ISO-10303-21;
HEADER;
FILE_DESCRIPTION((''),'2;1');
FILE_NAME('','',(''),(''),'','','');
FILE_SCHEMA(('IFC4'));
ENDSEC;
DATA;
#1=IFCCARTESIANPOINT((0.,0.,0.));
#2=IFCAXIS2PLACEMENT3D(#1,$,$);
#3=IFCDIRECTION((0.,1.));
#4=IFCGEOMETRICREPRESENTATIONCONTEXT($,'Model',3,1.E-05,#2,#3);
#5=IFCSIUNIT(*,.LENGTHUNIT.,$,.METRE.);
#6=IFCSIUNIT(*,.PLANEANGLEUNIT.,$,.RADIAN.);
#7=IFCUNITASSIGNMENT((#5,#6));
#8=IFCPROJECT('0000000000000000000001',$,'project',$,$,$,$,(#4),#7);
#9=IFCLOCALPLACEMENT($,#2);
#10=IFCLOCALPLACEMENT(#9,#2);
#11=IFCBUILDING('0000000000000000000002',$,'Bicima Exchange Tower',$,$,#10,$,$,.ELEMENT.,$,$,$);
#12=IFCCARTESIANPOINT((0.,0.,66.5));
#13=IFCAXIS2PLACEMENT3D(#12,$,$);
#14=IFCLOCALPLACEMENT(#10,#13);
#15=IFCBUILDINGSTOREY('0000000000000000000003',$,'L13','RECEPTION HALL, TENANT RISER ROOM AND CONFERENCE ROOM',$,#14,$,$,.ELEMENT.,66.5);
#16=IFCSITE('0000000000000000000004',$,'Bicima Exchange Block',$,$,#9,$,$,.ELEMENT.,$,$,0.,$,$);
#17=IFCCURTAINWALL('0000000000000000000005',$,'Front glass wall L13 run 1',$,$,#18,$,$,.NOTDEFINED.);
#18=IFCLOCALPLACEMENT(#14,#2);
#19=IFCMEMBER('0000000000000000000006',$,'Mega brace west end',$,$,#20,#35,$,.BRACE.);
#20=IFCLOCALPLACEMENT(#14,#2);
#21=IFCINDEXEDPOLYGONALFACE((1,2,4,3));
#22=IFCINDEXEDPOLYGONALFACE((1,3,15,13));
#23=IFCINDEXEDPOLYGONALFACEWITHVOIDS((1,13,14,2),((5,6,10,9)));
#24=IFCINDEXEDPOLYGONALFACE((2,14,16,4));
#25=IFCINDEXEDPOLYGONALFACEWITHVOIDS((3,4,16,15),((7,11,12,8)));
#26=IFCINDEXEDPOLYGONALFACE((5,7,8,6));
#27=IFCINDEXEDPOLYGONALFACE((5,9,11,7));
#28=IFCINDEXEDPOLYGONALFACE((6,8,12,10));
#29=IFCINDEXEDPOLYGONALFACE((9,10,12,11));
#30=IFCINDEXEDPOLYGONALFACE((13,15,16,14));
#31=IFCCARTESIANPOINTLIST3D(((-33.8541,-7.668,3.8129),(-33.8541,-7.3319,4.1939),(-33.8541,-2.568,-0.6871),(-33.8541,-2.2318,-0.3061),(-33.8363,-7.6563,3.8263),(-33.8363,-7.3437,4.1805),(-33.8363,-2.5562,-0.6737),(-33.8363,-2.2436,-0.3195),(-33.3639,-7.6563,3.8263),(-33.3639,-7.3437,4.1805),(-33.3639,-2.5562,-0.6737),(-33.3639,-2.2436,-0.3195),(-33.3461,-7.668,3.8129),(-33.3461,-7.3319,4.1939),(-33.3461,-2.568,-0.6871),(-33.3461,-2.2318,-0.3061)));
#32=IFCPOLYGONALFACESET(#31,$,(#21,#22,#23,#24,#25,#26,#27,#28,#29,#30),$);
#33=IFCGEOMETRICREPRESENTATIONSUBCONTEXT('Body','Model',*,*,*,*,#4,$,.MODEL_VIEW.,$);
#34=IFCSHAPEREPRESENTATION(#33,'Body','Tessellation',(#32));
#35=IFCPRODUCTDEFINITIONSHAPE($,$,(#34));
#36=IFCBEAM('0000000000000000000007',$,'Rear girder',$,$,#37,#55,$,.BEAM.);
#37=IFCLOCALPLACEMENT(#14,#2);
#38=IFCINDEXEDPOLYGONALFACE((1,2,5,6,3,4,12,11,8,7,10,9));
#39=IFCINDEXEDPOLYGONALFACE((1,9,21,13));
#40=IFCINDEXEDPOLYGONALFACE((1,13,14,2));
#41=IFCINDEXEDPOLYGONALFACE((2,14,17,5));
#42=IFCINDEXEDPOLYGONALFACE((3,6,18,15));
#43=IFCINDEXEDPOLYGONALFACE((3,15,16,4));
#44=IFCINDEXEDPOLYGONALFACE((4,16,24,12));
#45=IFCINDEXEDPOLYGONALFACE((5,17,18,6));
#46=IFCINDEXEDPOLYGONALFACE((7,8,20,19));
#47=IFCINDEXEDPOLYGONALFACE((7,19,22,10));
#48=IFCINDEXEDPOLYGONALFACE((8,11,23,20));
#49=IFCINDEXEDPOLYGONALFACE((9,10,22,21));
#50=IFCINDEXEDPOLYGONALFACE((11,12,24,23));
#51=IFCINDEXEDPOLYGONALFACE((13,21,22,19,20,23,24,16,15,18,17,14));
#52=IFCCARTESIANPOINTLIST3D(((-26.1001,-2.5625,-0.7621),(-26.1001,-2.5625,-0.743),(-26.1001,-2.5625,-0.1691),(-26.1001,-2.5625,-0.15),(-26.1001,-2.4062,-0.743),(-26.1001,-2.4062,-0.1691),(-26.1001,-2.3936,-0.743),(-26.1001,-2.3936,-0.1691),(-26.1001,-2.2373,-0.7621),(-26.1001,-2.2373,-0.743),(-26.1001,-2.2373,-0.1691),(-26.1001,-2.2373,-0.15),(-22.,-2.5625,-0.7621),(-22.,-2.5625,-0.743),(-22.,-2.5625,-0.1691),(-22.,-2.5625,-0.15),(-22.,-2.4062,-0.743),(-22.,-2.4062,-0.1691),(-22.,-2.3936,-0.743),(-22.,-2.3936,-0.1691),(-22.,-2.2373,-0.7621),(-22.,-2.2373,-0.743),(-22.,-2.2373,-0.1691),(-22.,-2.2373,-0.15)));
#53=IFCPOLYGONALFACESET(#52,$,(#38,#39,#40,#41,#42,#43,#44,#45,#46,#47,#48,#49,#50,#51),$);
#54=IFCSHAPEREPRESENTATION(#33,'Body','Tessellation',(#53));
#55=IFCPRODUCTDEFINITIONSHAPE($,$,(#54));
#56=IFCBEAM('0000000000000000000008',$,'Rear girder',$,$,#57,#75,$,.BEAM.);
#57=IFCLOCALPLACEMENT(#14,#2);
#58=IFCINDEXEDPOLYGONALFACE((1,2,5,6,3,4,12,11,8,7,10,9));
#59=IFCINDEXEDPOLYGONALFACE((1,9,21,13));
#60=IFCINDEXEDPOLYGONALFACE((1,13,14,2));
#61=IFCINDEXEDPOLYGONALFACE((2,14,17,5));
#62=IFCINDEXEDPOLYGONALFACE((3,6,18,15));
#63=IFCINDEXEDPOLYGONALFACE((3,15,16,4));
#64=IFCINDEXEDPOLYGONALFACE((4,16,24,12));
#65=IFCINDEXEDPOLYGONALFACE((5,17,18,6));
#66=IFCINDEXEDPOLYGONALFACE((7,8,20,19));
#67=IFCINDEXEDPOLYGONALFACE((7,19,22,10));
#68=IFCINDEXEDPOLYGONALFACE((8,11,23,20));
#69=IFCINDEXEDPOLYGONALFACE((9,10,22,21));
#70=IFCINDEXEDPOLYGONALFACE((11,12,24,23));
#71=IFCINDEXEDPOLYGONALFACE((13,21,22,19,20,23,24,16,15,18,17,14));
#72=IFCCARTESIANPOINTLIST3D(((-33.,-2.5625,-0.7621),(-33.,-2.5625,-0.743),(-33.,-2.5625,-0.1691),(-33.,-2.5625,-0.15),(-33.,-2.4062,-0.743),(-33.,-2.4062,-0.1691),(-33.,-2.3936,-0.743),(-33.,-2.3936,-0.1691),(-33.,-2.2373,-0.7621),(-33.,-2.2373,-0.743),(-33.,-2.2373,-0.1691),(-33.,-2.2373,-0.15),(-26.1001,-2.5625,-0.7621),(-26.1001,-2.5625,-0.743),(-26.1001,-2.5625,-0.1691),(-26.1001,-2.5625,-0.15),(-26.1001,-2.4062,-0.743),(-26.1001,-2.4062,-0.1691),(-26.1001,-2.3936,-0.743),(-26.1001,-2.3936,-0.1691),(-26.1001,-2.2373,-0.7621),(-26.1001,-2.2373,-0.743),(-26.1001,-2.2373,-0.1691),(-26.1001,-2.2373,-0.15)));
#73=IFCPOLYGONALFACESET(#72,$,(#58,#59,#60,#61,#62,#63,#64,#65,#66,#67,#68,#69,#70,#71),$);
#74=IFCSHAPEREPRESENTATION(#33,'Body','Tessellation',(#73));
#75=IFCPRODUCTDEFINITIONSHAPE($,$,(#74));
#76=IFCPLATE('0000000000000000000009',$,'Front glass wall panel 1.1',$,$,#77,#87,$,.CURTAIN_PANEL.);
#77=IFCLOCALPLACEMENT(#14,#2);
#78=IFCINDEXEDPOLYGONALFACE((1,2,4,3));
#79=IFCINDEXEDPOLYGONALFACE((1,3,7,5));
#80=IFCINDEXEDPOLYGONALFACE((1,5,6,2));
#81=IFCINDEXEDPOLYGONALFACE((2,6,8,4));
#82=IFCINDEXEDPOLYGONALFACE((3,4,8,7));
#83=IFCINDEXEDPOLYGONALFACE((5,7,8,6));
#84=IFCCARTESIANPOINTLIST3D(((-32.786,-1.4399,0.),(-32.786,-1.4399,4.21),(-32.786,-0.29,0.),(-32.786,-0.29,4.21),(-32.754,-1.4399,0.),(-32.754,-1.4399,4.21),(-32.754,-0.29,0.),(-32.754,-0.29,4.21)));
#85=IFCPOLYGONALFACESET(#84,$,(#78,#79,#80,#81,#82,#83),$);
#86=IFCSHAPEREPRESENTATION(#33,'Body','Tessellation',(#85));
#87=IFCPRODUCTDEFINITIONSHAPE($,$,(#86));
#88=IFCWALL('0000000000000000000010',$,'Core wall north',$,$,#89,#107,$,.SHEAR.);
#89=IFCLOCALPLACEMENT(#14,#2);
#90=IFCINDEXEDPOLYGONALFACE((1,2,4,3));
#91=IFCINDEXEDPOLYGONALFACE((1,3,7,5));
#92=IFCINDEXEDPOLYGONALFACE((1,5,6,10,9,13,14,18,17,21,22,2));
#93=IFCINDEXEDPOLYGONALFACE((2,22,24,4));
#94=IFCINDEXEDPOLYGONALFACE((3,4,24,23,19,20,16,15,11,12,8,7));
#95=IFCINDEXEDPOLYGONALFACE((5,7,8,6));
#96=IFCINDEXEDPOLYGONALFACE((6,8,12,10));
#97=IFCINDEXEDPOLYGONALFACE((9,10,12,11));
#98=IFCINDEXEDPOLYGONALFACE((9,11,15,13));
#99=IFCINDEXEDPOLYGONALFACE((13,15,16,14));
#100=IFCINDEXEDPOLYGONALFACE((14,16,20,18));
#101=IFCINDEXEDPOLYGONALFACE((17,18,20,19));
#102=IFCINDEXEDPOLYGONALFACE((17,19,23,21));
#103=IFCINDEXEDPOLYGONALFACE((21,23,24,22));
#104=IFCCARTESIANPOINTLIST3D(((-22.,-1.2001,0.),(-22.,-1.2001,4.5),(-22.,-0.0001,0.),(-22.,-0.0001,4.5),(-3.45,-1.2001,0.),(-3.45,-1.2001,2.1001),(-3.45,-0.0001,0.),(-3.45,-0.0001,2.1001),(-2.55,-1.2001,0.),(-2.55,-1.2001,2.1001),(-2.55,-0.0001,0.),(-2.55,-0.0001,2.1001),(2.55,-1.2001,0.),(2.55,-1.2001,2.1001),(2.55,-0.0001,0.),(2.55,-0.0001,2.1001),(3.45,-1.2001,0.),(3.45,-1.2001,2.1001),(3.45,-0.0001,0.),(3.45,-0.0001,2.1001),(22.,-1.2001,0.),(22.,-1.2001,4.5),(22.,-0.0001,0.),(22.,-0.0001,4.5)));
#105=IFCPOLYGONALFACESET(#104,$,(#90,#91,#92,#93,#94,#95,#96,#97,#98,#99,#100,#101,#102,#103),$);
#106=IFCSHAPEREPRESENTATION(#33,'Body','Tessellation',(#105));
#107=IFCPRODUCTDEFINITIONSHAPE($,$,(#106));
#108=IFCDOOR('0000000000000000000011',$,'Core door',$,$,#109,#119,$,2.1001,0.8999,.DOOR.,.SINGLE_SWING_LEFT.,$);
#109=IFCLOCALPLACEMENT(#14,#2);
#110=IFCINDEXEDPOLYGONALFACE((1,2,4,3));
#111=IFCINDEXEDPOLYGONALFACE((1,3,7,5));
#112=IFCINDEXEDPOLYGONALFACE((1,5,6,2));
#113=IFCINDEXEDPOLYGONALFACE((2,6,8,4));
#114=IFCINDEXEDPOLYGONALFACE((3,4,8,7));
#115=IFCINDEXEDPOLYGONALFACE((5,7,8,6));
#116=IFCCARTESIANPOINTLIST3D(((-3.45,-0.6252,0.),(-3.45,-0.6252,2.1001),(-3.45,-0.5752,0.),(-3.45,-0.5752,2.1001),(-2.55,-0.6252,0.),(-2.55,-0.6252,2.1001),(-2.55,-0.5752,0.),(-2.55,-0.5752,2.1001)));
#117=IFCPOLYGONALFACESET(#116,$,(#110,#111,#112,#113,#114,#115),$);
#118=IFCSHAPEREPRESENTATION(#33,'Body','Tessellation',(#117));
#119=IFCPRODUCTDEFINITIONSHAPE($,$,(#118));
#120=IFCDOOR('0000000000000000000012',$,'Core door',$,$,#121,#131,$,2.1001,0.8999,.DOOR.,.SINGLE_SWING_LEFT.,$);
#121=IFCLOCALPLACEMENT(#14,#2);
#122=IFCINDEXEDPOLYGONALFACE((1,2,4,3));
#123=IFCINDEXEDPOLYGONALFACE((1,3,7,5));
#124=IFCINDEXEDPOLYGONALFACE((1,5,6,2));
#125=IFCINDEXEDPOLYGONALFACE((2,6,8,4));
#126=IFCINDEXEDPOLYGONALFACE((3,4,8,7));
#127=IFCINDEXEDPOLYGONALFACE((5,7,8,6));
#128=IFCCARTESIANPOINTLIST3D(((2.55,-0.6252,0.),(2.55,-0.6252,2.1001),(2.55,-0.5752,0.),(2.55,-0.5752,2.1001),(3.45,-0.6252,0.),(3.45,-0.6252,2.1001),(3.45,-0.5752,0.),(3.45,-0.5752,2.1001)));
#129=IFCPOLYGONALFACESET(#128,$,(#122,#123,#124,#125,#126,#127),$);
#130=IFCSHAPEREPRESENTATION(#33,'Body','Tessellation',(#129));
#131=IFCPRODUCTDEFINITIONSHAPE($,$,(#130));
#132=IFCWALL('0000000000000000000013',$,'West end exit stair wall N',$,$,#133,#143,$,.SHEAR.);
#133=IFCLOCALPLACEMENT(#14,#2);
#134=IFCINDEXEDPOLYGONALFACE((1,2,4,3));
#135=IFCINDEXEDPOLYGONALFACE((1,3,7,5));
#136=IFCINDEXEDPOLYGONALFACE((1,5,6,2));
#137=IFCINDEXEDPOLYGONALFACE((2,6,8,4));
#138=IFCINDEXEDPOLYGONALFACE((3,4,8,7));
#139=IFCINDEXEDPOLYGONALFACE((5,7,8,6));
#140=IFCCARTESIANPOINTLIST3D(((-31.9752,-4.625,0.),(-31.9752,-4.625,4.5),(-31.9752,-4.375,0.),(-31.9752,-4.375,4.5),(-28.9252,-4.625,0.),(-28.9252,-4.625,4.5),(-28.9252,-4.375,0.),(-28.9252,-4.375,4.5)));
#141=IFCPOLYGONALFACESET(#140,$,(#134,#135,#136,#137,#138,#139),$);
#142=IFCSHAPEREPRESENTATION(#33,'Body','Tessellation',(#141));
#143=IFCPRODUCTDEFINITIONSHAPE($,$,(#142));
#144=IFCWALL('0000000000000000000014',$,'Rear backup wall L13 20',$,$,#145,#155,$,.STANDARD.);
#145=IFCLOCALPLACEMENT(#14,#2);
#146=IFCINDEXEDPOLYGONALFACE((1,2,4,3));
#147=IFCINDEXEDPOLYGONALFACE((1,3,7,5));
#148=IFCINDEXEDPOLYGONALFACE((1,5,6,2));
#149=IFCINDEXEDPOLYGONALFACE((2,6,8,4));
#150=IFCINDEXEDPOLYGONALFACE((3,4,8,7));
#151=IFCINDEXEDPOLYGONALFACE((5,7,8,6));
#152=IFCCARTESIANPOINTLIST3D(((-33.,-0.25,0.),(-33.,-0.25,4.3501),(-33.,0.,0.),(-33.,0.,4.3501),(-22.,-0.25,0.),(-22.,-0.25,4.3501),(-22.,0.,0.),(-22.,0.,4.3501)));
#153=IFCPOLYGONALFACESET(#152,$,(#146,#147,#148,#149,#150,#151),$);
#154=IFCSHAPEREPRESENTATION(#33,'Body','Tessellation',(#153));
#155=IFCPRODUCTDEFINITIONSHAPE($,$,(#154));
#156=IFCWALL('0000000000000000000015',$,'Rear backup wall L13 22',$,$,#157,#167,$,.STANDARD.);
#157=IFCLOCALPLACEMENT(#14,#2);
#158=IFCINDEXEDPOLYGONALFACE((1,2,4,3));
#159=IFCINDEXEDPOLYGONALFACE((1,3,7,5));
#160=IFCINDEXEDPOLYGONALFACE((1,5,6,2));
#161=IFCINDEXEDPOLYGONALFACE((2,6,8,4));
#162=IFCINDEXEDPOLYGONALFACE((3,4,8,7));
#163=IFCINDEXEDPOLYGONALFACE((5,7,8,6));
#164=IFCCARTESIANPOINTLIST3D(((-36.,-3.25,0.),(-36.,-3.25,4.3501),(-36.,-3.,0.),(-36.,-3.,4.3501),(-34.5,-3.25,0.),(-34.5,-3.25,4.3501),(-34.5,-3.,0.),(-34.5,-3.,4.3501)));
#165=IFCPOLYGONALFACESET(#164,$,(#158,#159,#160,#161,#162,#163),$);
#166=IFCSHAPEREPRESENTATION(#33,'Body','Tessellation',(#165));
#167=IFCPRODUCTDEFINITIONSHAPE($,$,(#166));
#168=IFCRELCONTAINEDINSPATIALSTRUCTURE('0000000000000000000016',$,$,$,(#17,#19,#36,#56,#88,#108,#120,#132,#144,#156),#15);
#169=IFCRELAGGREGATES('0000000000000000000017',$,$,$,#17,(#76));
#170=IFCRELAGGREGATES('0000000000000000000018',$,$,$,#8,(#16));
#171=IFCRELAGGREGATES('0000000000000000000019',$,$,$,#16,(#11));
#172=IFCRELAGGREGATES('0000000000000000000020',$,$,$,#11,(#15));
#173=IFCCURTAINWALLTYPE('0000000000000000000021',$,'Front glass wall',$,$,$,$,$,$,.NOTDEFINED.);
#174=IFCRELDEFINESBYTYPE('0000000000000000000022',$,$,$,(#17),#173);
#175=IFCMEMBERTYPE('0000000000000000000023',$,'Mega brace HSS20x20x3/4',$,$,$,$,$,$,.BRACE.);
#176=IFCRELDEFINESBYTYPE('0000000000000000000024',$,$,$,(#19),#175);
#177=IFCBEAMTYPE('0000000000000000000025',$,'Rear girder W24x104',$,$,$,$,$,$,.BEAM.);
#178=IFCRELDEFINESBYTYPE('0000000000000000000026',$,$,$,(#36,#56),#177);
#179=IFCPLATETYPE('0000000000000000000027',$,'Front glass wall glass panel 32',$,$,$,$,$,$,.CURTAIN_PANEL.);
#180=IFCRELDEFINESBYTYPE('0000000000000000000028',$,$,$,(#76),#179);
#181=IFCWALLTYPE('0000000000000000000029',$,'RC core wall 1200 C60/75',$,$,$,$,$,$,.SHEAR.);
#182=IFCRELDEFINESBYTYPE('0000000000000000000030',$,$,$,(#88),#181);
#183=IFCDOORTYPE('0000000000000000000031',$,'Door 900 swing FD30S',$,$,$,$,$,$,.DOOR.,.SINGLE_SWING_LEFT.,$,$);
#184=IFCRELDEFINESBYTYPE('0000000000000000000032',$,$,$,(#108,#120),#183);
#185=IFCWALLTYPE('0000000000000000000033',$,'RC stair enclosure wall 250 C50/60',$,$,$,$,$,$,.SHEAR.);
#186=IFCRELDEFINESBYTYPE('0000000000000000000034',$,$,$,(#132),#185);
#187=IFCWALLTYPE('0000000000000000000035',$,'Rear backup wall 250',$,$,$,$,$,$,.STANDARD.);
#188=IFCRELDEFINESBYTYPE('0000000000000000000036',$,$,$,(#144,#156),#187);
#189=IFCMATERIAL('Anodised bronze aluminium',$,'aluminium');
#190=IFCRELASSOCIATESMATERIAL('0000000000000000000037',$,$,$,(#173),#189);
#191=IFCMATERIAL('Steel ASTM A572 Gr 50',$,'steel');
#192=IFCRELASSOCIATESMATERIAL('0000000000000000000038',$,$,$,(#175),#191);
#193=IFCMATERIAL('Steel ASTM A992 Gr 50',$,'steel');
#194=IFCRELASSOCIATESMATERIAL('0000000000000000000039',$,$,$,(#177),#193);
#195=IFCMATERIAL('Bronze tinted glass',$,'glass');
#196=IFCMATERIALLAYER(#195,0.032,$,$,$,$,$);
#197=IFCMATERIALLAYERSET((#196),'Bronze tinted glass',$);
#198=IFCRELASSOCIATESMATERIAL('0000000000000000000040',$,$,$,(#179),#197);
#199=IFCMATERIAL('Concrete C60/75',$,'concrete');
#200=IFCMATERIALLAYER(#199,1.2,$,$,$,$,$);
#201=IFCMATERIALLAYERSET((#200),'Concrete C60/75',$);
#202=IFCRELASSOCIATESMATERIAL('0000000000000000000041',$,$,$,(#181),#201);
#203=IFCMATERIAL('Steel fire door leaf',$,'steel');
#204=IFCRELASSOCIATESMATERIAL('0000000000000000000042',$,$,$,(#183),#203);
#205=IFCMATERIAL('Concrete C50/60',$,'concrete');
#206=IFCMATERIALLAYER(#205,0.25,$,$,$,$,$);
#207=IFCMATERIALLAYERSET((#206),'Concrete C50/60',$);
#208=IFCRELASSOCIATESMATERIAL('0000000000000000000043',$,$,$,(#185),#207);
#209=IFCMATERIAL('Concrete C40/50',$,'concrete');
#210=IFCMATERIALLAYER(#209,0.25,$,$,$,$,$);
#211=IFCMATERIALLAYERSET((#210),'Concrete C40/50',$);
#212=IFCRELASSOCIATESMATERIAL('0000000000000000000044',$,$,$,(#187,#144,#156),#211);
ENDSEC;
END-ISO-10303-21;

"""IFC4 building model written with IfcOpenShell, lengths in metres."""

from ifc_helpers import new_model, si_unit, direction, frame, frame_2d, origin, origin_2d, place, context, subcontext, project, spatial, rectangle, hollow_rectangle, i_section, extrude, material, layer, layer_set, layer_usage, material_profile, profile_set, type_object, element, fill, aggregate, save


model = new_model("IFC4")

# Units and contexts
model_context = context("Model", 3, precision=1e-05, world=origin(), true_north=direction((0.0, 1.0)))
body_context = subcontext(model_context, "Body", "Model", "MODEL_VIEW")
ifc_project = project(units=[si_unit("LENGTHUNIT", "METRE"), si_unit("PLANEANGLEUNIT", "RADIAN")], contexts=[model_context])

# Site, building, storey
site_placement = place(None, origin())
site = spatial("IfcSite", under=ifc_project, at=site_placement, Name="Bicima Exchange Block", CompositionType="ELEMENT", RefElevation=0.0)
building_placement = place(site_placement, origin())
building = spatial("IfcBuilding", under=site, at=building_placement, Name="Bicima Exchange Tower", CompositionType="ELEMENT")
storey_placement = place(building_placement, frame((0.0, 0.0, 66.5)))
storey = spatial("IfcBuildingStorey", under=building, at=storey_placement, Name="L13", Description="RECEPTION HALL, TENANT RISER ROOM AND CONFERENCE ROOM", CompositionType="ELEMENT", Elevation=66.5)

# Shared definitions
ifc_material_1 = material(Name="Steel ASTM A572 Gr 50", Category="steel")
ifc_material_2 = material(Name="Steel ASTM A992 Gr 50", Category="steel")

# Curtain wall
ifc_material_3 = material(Name="Anodised bronze aluminium", Category="aluminium")
curtain_wall_type = type_object("IfcCurtainWallType", Name="Front glass wall", PredefinedType="NOTDEFINED", material=ifc_material_3)
curtain_wall_placement = place(storey_placement, origin())
curtain_wall = element("IfcCurtainWall", 1, at=curtain_wall_placement, inside=storey, type_object=curtain_wall_type, Name="Front glass wall L13 run 1", PredefinedType="NOTDEFINED")

# Member
ifc_material_profile_1 = material_profile(ifc_material_1, hollow_rectangle(XDim=0.5081, YDim=0.5081, WallThickness=0.0178, at=origin_2d()))
ifc_profile_set_1 = profile_set([ifc_material_profile_1], Name="Steel ASTM A572 Gr 50")
member_type_1 = type_object("IfcMemberType", Name="Mega brace HSS20x20x3/4", PredefinedType="BRACE", material=ifc_profile_set_1)
member_1_placement = place(storey_placement, frame((-33.6001, -2.3999, -0.4966), z_axis=(0.0, -0.749844, 0.661615), x_axis=(1.0, 0.0, 0.0)))
element("IfcMember", 2, at=member_1_placement, inside=storey, type_object=member_type_1, Name="Mega brace west end", PredefinedType="BRACE", context=body_context, shape_type="SweptSolid", body=[
    extrude(hollow_rectangle(XDim=0.5081, YDim=0.5081, WallThickness=0.0178, at=origin_2d()), origin(), (0.0, 0.0, 1.0), 6.8015),
])

# Beams
ifc_material_profile_2 = material_profile(ifc_material_2, i_section(OverallWidth=0.3252, OverallDepth=0.6121, WebThickness=0.0127, FlangeThickness=0.019, at=origin_2d()))
ifc_profile_set_2 = profile_set([ifc_material_profile_2], Name="Steel ASTM A992 Gr 50")
beam_type_1 = type_object("IfcBeamType", Name="Rear girder W24x104", PredefinedType="BEAM", material=ifc_profile_set_2)
beam_1_placement = place(storey_placement, frame((-22.0, -2.3999, -0.4561), z_axis=(-1.0, 0.0, 0.0), x_axis=(0.0, -1.0, 0.0)))
element("IfcBeam", 3, at=beam_1_placement, inside=storey, type_object=beam_type_1, Name="Rear girder", PredefinedType="BEAM", context=body_context, shape_type="SweptSolid", body=[
    extrude(i_section(OverallWidth=0.3252, OverallDepth=0.6121, WebThickness=0.0127, FlangeThickness=0.019, at=origin_2d()), origin(), (0.0, 0.0, 1.0), 4.1001),
])
beam_2_placement = place(storey_placement, frame((-26.1001, -2.3999, -0.4561), z_axis=(-1.0, 0.0, 0.0), x_axis=(0.0, -1.0, 0.0)))
element("IfcBeam", 4, at=beam_2_placement, inside=storey, type_object=beam_type_1, Name="Rear girder", PredefinedType="BEAM", context=body_context, shape_type="SweptSolid", body=[
    extrude(i_section(OverallWidth=0.3252, OverallDepth=0.6121, WebThickness=0.0127, FlangeThickness=0.019, at=origin_2d()), origin(), (0.0, 0.0, 1.0), 6.8999),
])

# Plate
ifc_material_4 = material(Name="Bronze tinted glass", Category="glass")
ifc_layer_1 = layer(ifc_material_4, 0.032)
ifc_layer_set_1 = layer_set([ifc_layer_1], Name="Bronze tinted glass")
plate_type = type_object("IfcPlateType", Name="Front glass wall glass panel 32", PredefinedType="CURTAIN_PANEL", material=ifc_layer_set_1)
plate_placement = place(storey_placement, frame((-32.77, -0.865, 0.0), z_axis=(0.0, 0.0, 1.0), x_axis=(0.0, -1.0, 0.0)))
plate = element("IfcPlate", 5, at=plate_placement, type_object=plate_type, Name="Front glass wall panel 1.1", PredefinedType="CURTAIN_PANEL", context=body_context, shape_type="SweptSolid", body=[
    extrude(rectangle(XDim=1.1499, YDim=0.032, at=origin_2d()), origin(), (0.0, 0.0, 1.0), 4.21),
])
aggregate(curtain_wall, [plate])

# Wall, openings, doors
ifc_material_5 = material(Name="Concrete C60/75", Category="concrete")
ifc_layer_2 = layer(ifc_material_5, 1.2)
ifc_layer_set_2 = layer_set([ifc_layer_2], Name="Concrete C60/75")
wall_type_1 = type_object("IfcWallType", Name="RC core wall 1200 C60/75", PredefinedType="SHEAR", material=ifc_layer_set_2)
wall_1_placement = place(storey_placement, frame((-22.0, -0.6001, 0.0), z_axis=(0.0, 0.0, 1.0), x_axis=(1.0, 0.0, 0.0)))
wall_1 = element("IfcWall", 6, at=wall_1_placement, inside=storey, type_object=wall_type_1, Name="Core wall north", PredefinedType="SHEAR", context=body_context, shape_type="SweptSolid", body=[
    extrude(rectangle(XDim=44.0, YDim=1.2, at=frame_2d((22.0, 0.0))), origin(), (0.0, 0.0, 1.0), 4.5),
])
opening_1_placement = place(wall_1_placement, frame((18.55, 0.0, 0.0)))
opening_1 = element("IfcOpeningElement", 7, at=opening_1_placement, cuts=wall_1, PredefinedType="OPENING", context=body_context, shape_type="SweptSolid", body=[
    extrude(rectangle(XDim=0.8999, YDim=2.1001, at=frame_2d((0.45, 1.05))), frame((0.0, 0.6118, 0.0), z_axis=(0.0, -1.0, 0.0), x_axis=(1.0, 0.0, 0.0)), (0.0, 0.0, 1.0), 1.2239),
])
opening_2_placement = place(wall_1_placement, frame((24.55, 0.0, 0.0)))
opening_2 = element("IfcOpeningElement", 8, at=opening_2_placement, cuts=wall_1, PredefinedType="OPENING", context=body_context, shape_type="SweptSolid", body=[
    extrude(rectangle(XDim=0.8999, YDim=2.1001, at=frame_2d((0.45, 1.05))), frame((0.0, 0.6118, 0.0), z_axis=(0.0, -1.0, 0.0), x_axis=(1.0, 0.0, 0.0)), (0.0, 0.0, 1.0), 1.2239),
])
ifc_material_6 = material(Name="Steel fire door leaf", Category="steel")
door_type = type_object("IfcDoorType", Name="Door 900 swing FD30S", OperationType="SINGLE_SWING_LEFT", PredefinedType="DOOR", material=ifc_material_6)
door_1_placement = place(opening_1_placement, origin())
door_1 = element("IfcDoor", 9, at=door_1_placement, inside=storey, type_object=door_type, Name="Core door", OperationType="SINGLE_SWING_LEFT", OverallHeight=2.1001, OverallWidth=0.8999, PredefinedType="DOOR", context=body_context, shape_type="SweptSolid", body=[
    extrude(rectangle(XDim=0.8999, YDim=2.1001, at=frame_2d((0.45, 1.05))), frame((0.0, 0.0249, 0.0), z_axis=(0.0, -1.0, 0.0), x_axis=(1.0, 0.0, 0.0)), (0.0, 0.0, 1.0), 0.05),
])
fill(opening_1, door_1)
door_2_placement = place(opening_2_placement, origin())
door_2 = element("IfcDoor", 10, at=door_2_placement, inside=storey, type_object=door_type, Name="Core door", OperationType="SINGLE_SWING_LEFT", OverallHeight=2.1001, OverallWidth=0.8999, PredefinedType="DOOR", context=body_context, shape_type="SweptSolid", body=[
    extrude(rectangle(XDim=0.8999, YDim=2.1001, at=frame_2d((0.45, 1.05))), frame((0.0, 0.0249, 0.0), z_axis=(0.0, -1.0, 0.0), x_axis=(1.0, 0.0, 0.0)), (0.0, 0.0, 1.0), 0.05),
])
fill(opening_2, door_2)

# Walls
ifc_material_7 = material(Name="Concrete C50/60", Category="concrete")
ifc_layer_3 = layer(ifc_material_7, 0.25)
ifc_layer_set_3 = layer_set([ifc_layer_3], Name="Concrete C50/60")
wall_type_2 = type_object("IfcWallType", Name="RC stair enclosure wall 250 C50/60", PredefinedType="SHEAR", material=ifc_layer_set_3)
wall_2_placement = place(storey_placement, frame((-31.9751, -4.5, 0.0), z_axis=(0.0, 0.0, 1.0), x_axis=(1.0, 0.0, 0.0)))
element("IfcWall", 11, at=wall_2_placement, inside=storey, type_object=wall_type_2, Name="West end exit stair wall N", PredefinedType="SHEAR", context=body_context, shape_type="SweptSolid", body=[
    extrude(rectangle(XDim=3.05, YDim=0.25, at=frame_2d((1.5249, 0.0))), origin(), (0.0, 0.0, 1.0), 4.5),
])
ifc_material_8 = material(Name="Concrete C40/50", Category="concrete")
ifc_layer_4 = layer(ifc_material_8, 0.25)
ifc_layer_set_4 = layer_set([ifc_layer_4], Name="Concrete C40/50")
ifc_layer_usage = layer_usage(ifc_layer_set_4, "AXIS2", "POSITIVE", -0.125)
wall_type_3 = type_object("IfcWallType", Name="Rear backup wall 250", PredefinedType="STANDARD", material=ifc_layer_set_4)
wall_3_placement = place(storey_placement, frame((-22.0, -0.125, 0.0), z_axis=(0.0, 0.0, 1.0), x_axis=(-1.0, 0.0, 0.0)))
element("IfcWall", 12, at=wall_3_placement, inside=storey, type_object=wall_type_3, material=ifc_layer_usage, Name="Rear backup wall L13 20", PredefinedType="STANDARD", context=body_context, shape_type="SweptSolid", body=[
    extrude(rectangle(XDim=11.0, YDim=0.25, at=frame_2d((5.5, 0.0))), origin(), (0.0, 0.0, 1.0), 4.3501),
])
wall_4_placement = place(storey_placement, frame((-34.5, -3.125, 0.0), z_axis=(0.0, 0.0, 1.0), x_axis=(-1.0, 0.0, 0.0)))
element("IfcWall", 13, at=wall_4_placement, inside=storey, type_object=wall_type_3, material=ifc_layer_usage, Name="Rear backup wall L13 22", PredefinedType="STANDARD", context=body_context, shape_type="SweptSolid", body=[
    extrude(rectangle(XDim=1.5, YDim=0.25, at=frame_2d((0.75, 0.0))), origin(), (0.0, 0.0, 1.0), 4.3501),
])

save(model, "model.ifc")
